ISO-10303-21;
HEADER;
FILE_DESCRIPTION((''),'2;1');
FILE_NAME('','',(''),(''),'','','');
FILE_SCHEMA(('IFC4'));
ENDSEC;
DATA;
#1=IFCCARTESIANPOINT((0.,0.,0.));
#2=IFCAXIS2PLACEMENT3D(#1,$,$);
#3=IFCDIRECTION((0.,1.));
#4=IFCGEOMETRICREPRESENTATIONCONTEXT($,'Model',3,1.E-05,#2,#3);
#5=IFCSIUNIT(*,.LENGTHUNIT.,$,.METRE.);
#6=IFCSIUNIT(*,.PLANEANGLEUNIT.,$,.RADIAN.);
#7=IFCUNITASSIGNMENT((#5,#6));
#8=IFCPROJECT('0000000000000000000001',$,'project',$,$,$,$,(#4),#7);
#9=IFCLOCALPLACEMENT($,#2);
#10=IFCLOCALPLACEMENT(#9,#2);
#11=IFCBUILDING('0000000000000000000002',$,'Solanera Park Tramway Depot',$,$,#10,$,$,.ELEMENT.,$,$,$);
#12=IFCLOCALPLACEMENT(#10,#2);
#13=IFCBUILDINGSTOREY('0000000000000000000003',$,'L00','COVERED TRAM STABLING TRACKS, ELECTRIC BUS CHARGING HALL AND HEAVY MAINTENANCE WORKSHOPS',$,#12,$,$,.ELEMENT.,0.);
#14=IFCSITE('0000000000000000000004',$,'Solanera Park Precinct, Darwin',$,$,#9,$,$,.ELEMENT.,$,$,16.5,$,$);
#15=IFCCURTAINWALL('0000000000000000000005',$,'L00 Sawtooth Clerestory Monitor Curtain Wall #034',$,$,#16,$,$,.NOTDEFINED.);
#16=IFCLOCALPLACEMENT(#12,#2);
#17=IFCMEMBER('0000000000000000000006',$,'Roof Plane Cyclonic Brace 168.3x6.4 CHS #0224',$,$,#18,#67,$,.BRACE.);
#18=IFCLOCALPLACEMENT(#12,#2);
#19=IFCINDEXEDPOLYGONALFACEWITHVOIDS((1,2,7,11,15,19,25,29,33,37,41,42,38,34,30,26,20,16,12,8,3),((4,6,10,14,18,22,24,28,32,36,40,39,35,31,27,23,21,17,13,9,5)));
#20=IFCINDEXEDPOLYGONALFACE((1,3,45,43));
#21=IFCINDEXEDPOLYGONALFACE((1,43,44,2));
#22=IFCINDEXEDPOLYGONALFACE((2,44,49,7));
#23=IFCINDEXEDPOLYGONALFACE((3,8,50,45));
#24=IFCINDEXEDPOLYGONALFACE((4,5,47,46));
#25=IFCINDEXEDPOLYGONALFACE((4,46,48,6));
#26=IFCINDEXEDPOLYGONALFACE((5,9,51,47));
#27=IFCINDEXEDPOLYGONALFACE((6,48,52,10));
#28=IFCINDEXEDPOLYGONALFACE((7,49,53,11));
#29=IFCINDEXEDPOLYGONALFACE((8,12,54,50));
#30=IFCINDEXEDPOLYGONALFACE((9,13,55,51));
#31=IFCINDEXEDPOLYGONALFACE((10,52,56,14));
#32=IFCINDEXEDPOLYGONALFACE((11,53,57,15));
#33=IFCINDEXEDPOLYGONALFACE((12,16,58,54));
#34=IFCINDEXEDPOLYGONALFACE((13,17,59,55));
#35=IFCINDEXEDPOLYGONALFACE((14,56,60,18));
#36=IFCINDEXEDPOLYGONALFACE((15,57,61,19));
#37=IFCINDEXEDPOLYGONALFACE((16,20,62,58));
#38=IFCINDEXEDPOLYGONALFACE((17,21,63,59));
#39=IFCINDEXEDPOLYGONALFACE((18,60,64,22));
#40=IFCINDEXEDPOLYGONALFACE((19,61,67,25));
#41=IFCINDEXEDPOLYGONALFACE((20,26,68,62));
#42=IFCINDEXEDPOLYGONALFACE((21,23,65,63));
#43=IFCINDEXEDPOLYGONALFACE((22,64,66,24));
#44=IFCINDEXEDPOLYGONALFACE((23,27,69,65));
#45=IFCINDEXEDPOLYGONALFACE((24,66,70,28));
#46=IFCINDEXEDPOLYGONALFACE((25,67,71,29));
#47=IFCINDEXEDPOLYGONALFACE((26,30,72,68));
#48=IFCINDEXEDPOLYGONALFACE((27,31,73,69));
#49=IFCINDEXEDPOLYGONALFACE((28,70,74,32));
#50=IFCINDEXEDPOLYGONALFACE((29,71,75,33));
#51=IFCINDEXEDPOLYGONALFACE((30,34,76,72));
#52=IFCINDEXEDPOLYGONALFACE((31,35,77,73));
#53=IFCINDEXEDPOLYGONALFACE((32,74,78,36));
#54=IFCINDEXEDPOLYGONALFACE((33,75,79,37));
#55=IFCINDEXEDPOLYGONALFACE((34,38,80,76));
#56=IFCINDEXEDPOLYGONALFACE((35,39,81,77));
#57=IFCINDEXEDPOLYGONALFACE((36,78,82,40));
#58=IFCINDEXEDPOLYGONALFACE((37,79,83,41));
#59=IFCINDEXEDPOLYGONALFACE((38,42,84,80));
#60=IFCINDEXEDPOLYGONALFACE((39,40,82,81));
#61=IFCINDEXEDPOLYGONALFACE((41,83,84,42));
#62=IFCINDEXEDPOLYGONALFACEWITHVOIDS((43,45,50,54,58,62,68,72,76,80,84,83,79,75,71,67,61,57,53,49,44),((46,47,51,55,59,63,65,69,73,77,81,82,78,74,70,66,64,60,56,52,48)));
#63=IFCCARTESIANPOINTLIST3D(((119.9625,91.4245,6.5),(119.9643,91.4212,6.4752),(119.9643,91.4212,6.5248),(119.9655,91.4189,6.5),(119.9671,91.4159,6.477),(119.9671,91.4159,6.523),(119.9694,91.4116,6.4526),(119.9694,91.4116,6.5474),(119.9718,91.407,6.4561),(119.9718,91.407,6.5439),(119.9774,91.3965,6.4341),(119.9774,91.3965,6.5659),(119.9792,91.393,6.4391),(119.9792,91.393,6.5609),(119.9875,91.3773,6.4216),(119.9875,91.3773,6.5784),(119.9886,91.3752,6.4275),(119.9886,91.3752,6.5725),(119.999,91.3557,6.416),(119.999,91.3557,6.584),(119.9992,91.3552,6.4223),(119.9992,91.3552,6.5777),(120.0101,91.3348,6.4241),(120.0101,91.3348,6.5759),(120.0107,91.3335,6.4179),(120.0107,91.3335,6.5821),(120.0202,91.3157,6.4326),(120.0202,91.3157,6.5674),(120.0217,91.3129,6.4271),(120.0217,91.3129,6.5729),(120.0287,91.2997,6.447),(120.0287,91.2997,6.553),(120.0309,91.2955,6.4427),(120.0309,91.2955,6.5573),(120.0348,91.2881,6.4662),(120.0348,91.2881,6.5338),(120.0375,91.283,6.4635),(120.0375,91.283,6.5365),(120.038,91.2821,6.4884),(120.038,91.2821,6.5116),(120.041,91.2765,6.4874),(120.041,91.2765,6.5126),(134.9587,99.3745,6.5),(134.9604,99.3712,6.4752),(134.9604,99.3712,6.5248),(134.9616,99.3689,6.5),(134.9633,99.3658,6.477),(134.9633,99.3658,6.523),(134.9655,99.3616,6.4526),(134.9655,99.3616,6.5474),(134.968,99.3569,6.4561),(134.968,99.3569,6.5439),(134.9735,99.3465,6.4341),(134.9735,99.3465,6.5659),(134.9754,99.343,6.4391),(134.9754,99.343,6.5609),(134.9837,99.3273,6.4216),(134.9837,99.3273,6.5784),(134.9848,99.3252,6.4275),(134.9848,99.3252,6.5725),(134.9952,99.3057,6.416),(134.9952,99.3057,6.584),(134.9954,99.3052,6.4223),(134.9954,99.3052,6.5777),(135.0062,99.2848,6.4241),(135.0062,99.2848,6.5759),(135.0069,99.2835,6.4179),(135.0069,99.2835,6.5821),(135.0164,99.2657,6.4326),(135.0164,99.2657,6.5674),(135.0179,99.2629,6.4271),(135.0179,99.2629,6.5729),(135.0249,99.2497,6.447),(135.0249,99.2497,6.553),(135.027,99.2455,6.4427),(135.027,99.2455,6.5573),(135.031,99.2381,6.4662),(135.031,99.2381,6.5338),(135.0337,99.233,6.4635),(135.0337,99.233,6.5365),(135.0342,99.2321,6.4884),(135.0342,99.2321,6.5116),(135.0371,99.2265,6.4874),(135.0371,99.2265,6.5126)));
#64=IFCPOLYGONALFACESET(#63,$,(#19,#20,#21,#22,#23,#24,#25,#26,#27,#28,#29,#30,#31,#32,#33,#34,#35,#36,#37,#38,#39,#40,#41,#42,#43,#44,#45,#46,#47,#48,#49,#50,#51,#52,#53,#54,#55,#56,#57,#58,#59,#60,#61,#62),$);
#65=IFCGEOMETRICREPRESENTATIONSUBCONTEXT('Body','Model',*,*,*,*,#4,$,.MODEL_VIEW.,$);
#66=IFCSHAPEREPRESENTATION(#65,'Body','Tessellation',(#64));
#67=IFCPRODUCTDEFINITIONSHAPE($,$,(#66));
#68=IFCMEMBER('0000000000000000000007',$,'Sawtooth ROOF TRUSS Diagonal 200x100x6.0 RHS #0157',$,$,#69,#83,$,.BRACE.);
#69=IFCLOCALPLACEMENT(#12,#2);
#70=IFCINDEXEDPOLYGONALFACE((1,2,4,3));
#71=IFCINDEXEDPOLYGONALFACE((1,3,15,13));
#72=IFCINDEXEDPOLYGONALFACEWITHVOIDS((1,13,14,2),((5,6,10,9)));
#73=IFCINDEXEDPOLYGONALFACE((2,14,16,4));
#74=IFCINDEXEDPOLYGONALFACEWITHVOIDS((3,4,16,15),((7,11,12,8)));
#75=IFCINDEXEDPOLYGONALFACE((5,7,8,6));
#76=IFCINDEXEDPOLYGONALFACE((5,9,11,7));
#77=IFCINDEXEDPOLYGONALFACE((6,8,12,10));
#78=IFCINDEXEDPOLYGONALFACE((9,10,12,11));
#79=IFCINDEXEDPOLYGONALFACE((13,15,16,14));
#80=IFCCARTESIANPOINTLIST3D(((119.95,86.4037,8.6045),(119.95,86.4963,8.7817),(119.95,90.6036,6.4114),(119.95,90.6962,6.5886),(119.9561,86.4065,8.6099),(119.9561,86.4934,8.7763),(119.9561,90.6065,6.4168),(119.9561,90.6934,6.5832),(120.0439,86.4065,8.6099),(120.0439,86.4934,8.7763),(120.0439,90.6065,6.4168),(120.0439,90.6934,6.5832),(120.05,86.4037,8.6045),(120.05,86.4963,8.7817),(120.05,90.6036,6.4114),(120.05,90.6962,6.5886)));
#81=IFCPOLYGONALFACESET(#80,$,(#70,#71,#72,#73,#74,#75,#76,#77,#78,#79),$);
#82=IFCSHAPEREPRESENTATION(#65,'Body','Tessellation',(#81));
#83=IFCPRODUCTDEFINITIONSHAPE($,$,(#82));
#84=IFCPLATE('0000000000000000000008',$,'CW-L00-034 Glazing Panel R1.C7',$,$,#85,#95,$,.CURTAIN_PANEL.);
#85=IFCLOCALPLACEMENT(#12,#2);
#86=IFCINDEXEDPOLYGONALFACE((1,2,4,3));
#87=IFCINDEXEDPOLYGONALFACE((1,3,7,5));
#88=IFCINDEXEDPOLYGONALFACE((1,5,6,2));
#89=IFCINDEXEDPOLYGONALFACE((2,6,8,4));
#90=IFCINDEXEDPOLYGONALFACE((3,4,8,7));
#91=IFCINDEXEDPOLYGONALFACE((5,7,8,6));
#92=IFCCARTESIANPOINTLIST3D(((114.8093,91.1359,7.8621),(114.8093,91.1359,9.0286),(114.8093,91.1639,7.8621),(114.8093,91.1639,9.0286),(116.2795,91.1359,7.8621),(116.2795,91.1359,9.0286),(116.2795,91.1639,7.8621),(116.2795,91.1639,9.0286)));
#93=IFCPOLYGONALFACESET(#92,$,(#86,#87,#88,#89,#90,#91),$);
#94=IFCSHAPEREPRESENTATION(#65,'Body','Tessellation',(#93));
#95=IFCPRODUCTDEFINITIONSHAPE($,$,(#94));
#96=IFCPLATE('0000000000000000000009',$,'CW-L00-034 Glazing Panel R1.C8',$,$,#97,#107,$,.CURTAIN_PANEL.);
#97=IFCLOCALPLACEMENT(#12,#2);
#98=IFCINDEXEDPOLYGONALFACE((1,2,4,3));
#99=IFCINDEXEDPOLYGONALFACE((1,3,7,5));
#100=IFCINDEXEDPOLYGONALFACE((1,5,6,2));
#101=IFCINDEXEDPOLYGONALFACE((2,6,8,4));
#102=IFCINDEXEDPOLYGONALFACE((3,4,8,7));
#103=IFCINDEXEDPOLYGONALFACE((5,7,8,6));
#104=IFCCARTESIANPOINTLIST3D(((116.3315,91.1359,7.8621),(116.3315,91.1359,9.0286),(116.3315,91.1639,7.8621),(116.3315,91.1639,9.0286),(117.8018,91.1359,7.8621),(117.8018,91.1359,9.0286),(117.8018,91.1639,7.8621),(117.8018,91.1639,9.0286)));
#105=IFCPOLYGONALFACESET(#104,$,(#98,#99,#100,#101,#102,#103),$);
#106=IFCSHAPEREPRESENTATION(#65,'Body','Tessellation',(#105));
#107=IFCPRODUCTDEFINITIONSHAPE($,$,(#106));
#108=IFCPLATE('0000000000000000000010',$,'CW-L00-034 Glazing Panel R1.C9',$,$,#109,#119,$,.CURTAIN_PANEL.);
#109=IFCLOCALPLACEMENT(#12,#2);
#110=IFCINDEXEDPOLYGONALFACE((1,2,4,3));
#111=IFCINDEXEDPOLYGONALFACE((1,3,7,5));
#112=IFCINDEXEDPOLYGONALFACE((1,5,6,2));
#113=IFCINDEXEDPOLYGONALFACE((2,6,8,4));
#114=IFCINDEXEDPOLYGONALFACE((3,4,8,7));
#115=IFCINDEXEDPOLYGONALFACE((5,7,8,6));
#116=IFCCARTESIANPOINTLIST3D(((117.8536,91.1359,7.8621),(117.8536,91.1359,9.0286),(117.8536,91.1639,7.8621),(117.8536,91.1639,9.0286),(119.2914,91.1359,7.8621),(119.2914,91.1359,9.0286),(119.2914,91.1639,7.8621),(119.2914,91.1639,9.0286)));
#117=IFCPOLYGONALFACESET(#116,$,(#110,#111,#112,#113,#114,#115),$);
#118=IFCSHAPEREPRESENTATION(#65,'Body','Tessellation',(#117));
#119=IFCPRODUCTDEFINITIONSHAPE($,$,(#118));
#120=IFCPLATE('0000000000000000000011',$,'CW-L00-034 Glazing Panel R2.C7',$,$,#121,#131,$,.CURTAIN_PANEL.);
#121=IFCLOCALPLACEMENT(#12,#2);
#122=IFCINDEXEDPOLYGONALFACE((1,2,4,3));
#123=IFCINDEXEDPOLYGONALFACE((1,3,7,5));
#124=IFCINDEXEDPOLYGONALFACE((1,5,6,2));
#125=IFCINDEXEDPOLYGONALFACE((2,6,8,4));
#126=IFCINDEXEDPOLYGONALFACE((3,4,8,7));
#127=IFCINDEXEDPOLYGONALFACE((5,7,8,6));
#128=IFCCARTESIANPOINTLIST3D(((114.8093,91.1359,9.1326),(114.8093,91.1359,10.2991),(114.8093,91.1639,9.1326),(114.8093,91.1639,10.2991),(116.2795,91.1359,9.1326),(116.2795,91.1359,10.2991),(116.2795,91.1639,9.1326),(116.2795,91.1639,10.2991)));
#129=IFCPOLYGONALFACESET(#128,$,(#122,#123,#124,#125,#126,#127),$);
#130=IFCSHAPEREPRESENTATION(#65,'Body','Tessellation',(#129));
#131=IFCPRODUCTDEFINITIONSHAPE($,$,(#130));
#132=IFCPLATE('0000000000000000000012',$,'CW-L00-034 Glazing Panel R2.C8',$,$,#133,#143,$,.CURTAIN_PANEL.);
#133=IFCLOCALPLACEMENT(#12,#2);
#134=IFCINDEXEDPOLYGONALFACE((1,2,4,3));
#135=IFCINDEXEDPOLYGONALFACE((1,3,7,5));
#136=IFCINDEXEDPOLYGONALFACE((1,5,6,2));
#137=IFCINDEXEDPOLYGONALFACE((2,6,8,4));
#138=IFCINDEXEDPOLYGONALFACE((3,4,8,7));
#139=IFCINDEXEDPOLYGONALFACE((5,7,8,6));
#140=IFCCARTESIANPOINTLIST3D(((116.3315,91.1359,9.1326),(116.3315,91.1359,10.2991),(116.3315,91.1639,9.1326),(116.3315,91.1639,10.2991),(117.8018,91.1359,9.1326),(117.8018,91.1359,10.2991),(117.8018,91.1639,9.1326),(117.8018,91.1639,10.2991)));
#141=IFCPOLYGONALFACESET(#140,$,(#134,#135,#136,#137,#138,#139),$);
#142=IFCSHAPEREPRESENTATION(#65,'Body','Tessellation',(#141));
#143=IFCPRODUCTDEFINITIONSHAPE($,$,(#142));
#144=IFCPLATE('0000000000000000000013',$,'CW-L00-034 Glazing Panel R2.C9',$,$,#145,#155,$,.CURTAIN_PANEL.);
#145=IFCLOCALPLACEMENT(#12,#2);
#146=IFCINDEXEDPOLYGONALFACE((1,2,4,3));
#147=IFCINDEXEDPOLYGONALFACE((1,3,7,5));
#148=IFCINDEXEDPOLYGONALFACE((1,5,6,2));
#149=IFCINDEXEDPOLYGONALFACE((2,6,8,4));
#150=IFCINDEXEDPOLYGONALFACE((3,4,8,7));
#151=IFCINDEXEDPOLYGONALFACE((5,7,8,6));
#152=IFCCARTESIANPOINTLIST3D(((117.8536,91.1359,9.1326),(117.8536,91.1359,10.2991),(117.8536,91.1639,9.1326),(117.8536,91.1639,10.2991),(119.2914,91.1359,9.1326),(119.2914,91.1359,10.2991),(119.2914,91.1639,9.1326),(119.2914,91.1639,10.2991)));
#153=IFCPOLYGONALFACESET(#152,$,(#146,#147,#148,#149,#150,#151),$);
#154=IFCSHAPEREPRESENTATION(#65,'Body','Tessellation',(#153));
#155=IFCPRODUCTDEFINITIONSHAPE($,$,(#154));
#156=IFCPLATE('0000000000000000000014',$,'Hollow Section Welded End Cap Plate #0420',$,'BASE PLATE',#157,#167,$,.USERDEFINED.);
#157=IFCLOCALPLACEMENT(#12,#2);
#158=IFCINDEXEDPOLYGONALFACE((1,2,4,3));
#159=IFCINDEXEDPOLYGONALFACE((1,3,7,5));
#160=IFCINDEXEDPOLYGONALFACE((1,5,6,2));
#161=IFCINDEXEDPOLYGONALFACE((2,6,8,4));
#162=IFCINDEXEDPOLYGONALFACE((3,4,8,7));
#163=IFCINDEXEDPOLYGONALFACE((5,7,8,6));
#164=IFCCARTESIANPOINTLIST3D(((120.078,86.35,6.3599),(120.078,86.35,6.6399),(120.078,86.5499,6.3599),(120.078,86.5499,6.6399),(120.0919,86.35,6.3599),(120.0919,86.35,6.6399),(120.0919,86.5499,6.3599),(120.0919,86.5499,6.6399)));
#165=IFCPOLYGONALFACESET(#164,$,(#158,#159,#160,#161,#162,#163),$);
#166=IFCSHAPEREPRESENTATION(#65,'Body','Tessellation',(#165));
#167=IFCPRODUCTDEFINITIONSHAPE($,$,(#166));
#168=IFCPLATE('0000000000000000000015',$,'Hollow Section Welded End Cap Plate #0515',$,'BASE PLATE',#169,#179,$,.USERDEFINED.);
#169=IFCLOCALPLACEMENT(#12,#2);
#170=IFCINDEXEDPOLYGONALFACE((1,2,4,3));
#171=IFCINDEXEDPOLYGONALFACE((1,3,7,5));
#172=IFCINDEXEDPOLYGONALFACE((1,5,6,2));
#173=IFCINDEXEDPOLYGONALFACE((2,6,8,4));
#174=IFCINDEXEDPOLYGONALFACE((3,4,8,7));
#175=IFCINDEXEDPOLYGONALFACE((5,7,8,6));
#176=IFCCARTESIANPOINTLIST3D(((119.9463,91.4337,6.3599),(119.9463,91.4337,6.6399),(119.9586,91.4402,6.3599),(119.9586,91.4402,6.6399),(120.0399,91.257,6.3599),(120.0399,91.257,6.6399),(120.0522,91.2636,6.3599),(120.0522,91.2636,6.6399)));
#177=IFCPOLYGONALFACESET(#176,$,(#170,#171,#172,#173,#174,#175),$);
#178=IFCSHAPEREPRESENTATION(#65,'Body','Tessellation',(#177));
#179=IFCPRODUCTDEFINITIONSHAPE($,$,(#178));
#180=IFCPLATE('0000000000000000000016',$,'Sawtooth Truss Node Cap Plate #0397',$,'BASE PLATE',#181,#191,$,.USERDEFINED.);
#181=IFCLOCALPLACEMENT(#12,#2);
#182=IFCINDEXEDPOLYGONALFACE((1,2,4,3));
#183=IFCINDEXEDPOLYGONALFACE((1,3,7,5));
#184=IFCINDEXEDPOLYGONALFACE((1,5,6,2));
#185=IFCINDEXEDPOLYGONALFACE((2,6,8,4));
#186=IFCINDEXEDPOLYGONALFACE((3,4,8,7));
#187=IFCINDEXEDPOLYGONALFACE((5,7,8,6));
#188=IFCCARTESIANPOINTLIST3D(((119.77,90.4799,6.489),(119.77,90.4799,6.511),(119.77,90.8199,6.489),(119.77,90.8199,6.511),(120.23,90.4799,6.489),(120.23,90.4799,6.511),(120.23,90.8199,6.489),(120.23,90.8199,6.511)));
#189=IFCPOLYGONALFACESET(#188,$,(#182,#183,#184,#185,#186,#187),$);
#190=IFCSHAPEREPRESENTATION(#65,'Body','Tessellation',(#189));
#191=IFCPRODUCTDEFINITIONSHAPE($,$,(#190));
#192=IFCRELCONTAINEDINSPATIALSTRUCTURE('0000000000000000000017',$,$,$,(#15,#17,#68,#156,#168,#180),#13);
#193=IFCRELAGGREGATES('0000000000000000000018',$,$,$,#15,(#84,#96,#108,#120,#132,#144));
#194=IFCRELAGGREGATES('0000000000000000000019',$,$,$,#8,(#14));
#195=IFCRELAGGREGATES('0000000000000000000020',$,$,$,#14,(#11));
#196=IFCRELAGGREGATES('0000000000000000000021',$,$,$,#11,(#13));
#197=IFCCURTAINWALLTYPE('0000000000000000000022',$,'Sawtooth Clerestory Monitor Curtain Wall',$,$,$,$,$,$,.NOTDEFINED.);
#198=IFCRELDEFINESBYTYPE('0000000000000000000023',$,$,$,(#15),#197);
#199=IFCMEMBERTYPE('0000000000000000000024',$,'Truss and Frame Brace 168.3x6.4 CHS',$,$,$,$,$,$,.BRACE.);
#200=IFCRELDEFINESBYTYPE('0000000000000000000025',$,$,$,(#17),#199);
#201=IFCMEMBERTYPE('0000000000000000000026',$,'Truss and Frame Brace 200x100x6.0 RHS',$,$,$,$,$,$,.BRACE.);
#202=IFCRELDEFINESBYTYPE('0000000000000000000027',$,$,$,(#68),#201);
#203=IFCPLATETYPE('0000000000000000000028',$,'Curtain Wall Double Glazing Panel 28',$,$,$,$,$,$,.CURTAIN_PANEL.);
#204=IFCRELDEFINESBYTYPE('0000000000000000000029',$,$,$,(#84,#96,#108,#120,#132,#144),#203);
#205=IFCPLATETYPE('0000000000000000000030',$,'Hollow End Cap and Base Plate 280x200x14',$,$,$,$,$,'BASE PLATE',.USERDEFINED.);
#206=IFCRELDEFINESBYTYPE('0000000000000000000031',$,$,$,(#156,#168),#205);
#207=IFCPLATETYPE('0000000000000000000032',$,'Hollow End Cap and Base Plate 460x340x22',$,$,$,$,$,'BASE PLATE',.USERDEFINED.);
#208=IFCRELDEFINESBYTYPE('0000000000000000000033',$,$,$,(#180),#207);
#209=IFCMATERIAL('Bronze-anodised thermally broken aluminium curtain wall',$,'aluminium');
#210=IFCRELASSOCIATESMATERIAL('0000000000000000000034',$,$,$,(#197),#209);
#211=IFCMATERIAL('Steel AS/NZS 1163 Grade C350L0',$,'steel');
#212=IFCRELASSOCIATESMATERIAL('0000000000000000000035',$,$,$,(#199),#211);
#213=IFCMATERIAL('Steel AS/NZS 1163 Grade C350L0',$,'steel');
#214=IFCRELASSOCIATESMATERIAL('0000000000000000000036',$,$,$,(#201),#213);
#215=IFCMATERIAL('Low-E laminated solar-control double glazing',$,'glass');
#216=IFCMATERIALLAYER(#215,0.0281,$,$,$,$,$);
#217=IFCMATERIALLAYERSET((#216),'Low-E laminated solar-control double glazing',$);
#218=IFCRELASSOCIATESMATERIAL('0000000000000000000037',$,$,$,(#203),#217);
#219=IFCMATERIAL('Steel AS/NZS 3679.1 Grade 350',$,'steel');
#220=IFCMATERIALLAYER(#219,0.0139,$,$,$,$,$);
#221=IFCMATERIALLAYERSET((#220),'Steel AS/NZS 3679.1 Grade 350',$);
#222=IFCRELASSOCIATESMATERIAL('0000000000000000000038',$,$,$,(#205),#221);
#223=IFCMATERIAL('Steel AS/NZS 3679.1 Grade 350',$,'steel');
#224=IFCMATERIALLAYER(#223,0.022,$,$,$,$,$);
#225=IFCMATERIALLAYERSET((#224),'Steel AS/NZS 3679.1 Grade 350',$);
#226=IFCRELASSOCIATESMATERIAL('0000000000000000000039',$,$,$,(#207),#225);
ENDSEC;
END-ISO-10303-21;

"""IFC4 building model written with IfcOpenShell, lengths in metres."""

from ifc_helpers import new_model, si_unit, direction, frame, origin, origin_2d, place, context, subcontext, project, spatial, rectangle, hollow_rectangle, hollow_circle, extrude, material, layer, layer_set, material_profile, profile_set, type_object, element, aggregate, save


model = new_model("IFC4")

# Units and contexts
model_context = context("Model", 3, precision=1e-05, world=origin(), true_north=direction((0.0, 1.0)))
body_context = subcontext(model_context, "Body", "Model", "MODEL_VIEW")
ifc_project = project(units=[si_unit("LENGTHUNIT", "METRE"), si_unit("PLANEANGLEUNIT", "RADIAN")], contexts=[model_context])

# Site, building, storey
site_placement = place(None, origin())
site = spatial("IfcSite", under=ifc_project, at=site_placement, Name="Solanera Park Precinct, Darwin", CompositionType="ELEMENT", RefElevation=16.5)
building_placement = place(site_placement, origin())
building = spatial("IfcBuilding", under=site, at=building_placement, Name="Solanera Park Tramway Depot", CompositionType="ELEMENT")
storey_placement = place(building_placement, origin())
storey = spatial("IfcBuildingStorey", under=building, at=storey_placement, Name="L00", Description="COVERED TRAM STABLING TRACKS, ELECTRIC BUS CHARGING HALL AND HEAVY MAINTENANCE WORKSHOPS", CompositionType="ELEMENT", Elevation=0.0)

# Curtain wall
ifc_material_1 = material(Name="Bronze-anodised thermally broken aluminium curtain wall", Category="aluminium")
curtain_wall_type = type_object("IfcCurtainWallType", Name="Sawtooth Clerestory Monitor Curtain Wall", PredefinedType="NOTDEFINED", material=ifc_material_1)
curtain_wall_1_placement = place(storey_placement, origin())
curtain_wall_1 = element("IfcCurtainWall", 1, at=curtain_wall_1_placement, inside=storey, type_object=curtain_wall_type, Name="L00 Sawtooth Clerestory Monitor Curtain Wall #034", PredefinedType="NOTDEFINED")

# Members
ifc_material_2 = material(Name="Steel AS/NZS 1163 Grade C350L0", Category="steel")
ifc_material_profile_1 = material_profile(ifc_material_2, hollow_circle(Radius=0.0842, WallThickness=0.0063, at=origin_2d()), Name="168.3x6.4 CHS")
ifc_profile_set_1 = profile_set([ifc_material_profile_1], Name="Steel AS/NZS 1163 Grade C350L0")
member_type_1 = type_object("IfcMemberType", Name="Truss and Frame Brace 168.3x6.4 CHS", PredefinedType="BRACE", material=ifc_profile_set_1)
member_1_placement = place(storey_placement, frame((120.002, 91.3501, 6.5), z_axis=(0.883524, 0.468387, 0.0), x_axis=(-0.468387, 0.883524, 0.0)))
element("IfcMember", 2, at=member_1_placement, inside=storey, type_object=member_type_1, Name="Roof Plane Cyclonic Brace 168.3x6.4 CHS #0224", PredefinedType="BRACE", context=body_context, shape_type="SweptSolid", body=[
    extrude(hollow_circle(Radius=0.0842, WallThickness=0.0063, at=origin_2d()), origin(), (0.0, 0.0, 1.0), 16.9731),
])
ifc_material_3 = material(Name="Steel AS/NZS 1163 Grade C350L0", Category="steel")
ifc_material_profile_2 = material_profile(ifc_material_3, hollow_rectangle(XDim=0.1001, YDim=0.2, WallThickness=0.0061, at=origin_2d()), Name="200x100x6.0 RHS")
ifc_profile_set_2 = profile_set([ifc_material_profile_2], Name="Steel AS/NZS 1163 Grade C350L0")
member_type_2 = type_object("IfcMemberType", Name="Truss and Frame Brace 200x100x6.0 RHS", PredefinedType="BRACE", material=ifc_profile_set_2)
member_2_placement = place(storey_placement, frame((120.0, 90.6499, 6.5), z_axis=(0.0, -0.886426, 0.462871), x_axis=(1.0, 0.0, 0.0)))
element("IfcMember", 3, at=member_2_placement, inside=storey, type_object=member_type_2, Name="Sawtooth ROOF TRUSS Diagonal 200x100x6.0 RHS #0157", PredefinedType="BRACE", context=body_context, shape_type="SweptSolid", body=[
    extrude(hollow_rectangle(XDim=0.1001, YDim=0.2, WallThickness=0.0061, at=origin_2d()), origin(), (0.0, 0.0, 1.0), 4.738),
])

# Plates
ifc_material_4 = material(Name="Low-E laminated solar-control double glazing", Category="glass")
ifc_layer_1 = layer(ifc_material_4, 0.0281)
ifc_layer_set_1 = layer_set([ifc_layer_1], Name="Low-E laminated solar-control double glazing")
plate_type_1 = type_object("IfcPlateType", Name="Curtain Wall Double Glazing Panel 28", PredefinedType="CURTAIN_PANEL", material=ifc_layer_set_1)
plate_1_placement = place(storey_placement, frame((115.5444, 91.1499, 7.8621), z_axis=(0.0, 0.0, 1.0), x_axis=(1.0, 0.0, 0.0)))
plate_1 = element("IfcPlate", 4, at=plate_1_placement, type_object=plate_type_1, Name="CW-L00-034 Glazing Panel R1.C7", PredefinedType="CURTAIN_PANEL", context=body_context, shape_type="SweptSolid", body=[
    extrude(rectangle(XDim=1.4702, YDim=0.0281, at=origin_2d()), origin(), (0.0, 0.0, 1.0), 1.1665),
])
plate_2_placement = place(storey_placement, frame((117.0667, 91.1499, 7.8621), z_axis=(0.0, 0.0, 1.0), x_axis=(1.0, 0.0, 0.0)))
plate_2 = element("IfcPlate", 5, at=plate_2_placement, type_object=plate_type_1, Name="CW-L00-034 Glazing Panel R1.C8", PredefinedType="CURTAIN_PANEL", context=body_context, shape_type="SweptSolid", body=[
    extrude(rectangle(XDim=1.4702, YDim=0.0281, at=origin_2d()), origin(), (0.0, 0.0, 1.0), 1.1665),
])
plate_3_placement = place(storey_placement, frame((118.5725, 91.1499, 7.8621), z_axis=(0.0, 0.0, 1.0), x_axis=(1.0, 0.0, 0.0)))
plate_3 = element("IfcPlate", 6, at=plate_3_placement, type_object=plate_type_1, Name="CW-L00-034 Glazing Panel R1.C9", PredefinedType="CURTAIN_PANEL", context=body_context, shape_type="SweptSolid", body=[
    extrude(rectangle(XDim=1.4377, YDim=0.0281, at=origin_2d()), origin(), (0.0, 0.0, 1.0), 1.1665),
])
plate_4_placement = place(storey_placement, frame((115.5444, 91.1499, 9.1326), z_axis=(0.0, 0.0, 1.0), x_axis=(1.0, 0.0, 0.0)))
plate_4 = element("IfcPlate", 7, at=plate_4_placement, type_object=plate_type_1, Name="CW-L00-034 Glazing Panel R2.C7", PredefinedType="CURTAIN_PANEL", context=body_context, shape_type="SweptSolid", body=[
    extrude(rectangle(XDim=1.4702, YDim=0.0281, at=origin_2d()), origin(), (0.0, 0.0, 1.0), 1.1665),
])
plate_5_placement = place(storey_placement, frame((117.0667, 91.1499, 9.1326), z_axis=(0.0, 0.0, 1.0), x_axis=(1.0, 0.0, 0.0)))
plate_5 = element("IfcPlate", 8, at=plate_5_placement, type_object=plate_type_1, Name="CW-L00-034 Glazing Panel R2.C8", PredefinedType="CURTAIN_PANEL", context=body_context, shape_type="SweptSolid", body=[
    extrude(rectangle(XDim=1.4702, YDim=0.0281, at=origin_2d()), origin(), (0.0, 0.0, 1.0), 1.1665),
])
plate_6_placement = place(storey_placement, frame((118.5725, 91.1499, 9.1326), z_axis=(0.0, 0.0, 1.0), x_axis=(1.0, 0.0, 0.0)))
plate_6 = element("IfcPlate", 9, at=plate_6_placement, type_object=plate_type_1, Name="CW-L00-034 Glazing Panel R2.C9", PredefinedType="CURTAIN_PANEL", context=body_context, shape_type="SweptSolid", body=[
    extrude(rectangle(XDim=1.4377, YDim=0.0281, at=origin_2d()), origin(), (0.0, 0.0, 1.0), 1.1665),
])
aggregate(curtain_wall_1, [plate_1, plate_2, plate_3, plate_4, plate_5, plate_6])

# Plates
ifc_material_5 = material(Name="Steel AS/NZS 3679.1 Grade 350", Category="steel")
ifc_layer_2 = layer(ifc_material_5, 0.0139)
ifc_layer_set_2 = layer_set([ifc_layer_2], Name="Steel AS/NZS 3679.1 Grade 350")
plate_type_2 = type_object("IfcPlateType", Name="Hollow End Cap and Base Plate 280x200x14", ElementType="BASE PLATE", PredefinedType="USERDEFINED", material=ifc_layer_set_2)
for number, where, z_axis, x_axis, name in (
    (10, (120.085, 86.45, 6.3599), (0.0, 0.0, 1.0), (1.0, 0.0, 0.0), "Hollow Section Welded End Cap Plate #0420"),
    (11, (119.9993, 91.3486, 6.3599), (0.0, 0.0, 1.0), (0.883521, 0.468392, 0.0), "Hollow Section Welded End Cap Plate #0515"),
):
    element("IfcPlate", number, at=place(storey_placement, frame(where, z_axis=z_axis, x_axis=x_axis)), inside=storey, type_object=plate_type_2, Name=name, ObjectType="BASE PLATE", PredefinedType="USERDEFINED", context=body_context, shape_type="SweptSolid", body=[
        extrude(rectangle(XDim=0.0139, YDim=0.2, at=origin_2d()), origin(), (0.0, 0.0, 1.0), 0.28),
    ])
ifc_material_6 = material(Name="Steel AS/NZS 3679.1 Grade 350", Category="steel")
ifc_layer_3 = layer(ifc_material_6, 0.022)
ifc_layer_set_3 = layer_set([ifc_layer_3], Name="Steel AS/NZS 3679.1 Grade 350")
plate_type_3 = type_object("IfcPlateType", Name="Hollow End Cap and Base Plate 460x340x22", ElementType="BASE PLATE", PredefinedType="USERDEFINED", material=ifc_layer_set_3)
plate_7_placement = place(storey_placement, frame((120.0, 90.6499, 6.489), z_axis=(0.0, 0.0, 1.0), x_axis=(1.0, 0.0, 0.0)))
element("IfcPlate", 12, at=plate_7_placement, inside=storey, type_object=plate_type_3, Name="Sawtooth Truss Node Cap Plate #0397", ObjectType="BASE PLATE", PredefinedType="USERDEFINED", context=body_context, shape_type="SweptSolid", body=[
    extrude(rectangle(XDim=0.46, YDim=0.3401, at=origin_2d()), origin(), (0.0, 0.0, 1.0), 0.022),
])

save(model, "model.ifc")
